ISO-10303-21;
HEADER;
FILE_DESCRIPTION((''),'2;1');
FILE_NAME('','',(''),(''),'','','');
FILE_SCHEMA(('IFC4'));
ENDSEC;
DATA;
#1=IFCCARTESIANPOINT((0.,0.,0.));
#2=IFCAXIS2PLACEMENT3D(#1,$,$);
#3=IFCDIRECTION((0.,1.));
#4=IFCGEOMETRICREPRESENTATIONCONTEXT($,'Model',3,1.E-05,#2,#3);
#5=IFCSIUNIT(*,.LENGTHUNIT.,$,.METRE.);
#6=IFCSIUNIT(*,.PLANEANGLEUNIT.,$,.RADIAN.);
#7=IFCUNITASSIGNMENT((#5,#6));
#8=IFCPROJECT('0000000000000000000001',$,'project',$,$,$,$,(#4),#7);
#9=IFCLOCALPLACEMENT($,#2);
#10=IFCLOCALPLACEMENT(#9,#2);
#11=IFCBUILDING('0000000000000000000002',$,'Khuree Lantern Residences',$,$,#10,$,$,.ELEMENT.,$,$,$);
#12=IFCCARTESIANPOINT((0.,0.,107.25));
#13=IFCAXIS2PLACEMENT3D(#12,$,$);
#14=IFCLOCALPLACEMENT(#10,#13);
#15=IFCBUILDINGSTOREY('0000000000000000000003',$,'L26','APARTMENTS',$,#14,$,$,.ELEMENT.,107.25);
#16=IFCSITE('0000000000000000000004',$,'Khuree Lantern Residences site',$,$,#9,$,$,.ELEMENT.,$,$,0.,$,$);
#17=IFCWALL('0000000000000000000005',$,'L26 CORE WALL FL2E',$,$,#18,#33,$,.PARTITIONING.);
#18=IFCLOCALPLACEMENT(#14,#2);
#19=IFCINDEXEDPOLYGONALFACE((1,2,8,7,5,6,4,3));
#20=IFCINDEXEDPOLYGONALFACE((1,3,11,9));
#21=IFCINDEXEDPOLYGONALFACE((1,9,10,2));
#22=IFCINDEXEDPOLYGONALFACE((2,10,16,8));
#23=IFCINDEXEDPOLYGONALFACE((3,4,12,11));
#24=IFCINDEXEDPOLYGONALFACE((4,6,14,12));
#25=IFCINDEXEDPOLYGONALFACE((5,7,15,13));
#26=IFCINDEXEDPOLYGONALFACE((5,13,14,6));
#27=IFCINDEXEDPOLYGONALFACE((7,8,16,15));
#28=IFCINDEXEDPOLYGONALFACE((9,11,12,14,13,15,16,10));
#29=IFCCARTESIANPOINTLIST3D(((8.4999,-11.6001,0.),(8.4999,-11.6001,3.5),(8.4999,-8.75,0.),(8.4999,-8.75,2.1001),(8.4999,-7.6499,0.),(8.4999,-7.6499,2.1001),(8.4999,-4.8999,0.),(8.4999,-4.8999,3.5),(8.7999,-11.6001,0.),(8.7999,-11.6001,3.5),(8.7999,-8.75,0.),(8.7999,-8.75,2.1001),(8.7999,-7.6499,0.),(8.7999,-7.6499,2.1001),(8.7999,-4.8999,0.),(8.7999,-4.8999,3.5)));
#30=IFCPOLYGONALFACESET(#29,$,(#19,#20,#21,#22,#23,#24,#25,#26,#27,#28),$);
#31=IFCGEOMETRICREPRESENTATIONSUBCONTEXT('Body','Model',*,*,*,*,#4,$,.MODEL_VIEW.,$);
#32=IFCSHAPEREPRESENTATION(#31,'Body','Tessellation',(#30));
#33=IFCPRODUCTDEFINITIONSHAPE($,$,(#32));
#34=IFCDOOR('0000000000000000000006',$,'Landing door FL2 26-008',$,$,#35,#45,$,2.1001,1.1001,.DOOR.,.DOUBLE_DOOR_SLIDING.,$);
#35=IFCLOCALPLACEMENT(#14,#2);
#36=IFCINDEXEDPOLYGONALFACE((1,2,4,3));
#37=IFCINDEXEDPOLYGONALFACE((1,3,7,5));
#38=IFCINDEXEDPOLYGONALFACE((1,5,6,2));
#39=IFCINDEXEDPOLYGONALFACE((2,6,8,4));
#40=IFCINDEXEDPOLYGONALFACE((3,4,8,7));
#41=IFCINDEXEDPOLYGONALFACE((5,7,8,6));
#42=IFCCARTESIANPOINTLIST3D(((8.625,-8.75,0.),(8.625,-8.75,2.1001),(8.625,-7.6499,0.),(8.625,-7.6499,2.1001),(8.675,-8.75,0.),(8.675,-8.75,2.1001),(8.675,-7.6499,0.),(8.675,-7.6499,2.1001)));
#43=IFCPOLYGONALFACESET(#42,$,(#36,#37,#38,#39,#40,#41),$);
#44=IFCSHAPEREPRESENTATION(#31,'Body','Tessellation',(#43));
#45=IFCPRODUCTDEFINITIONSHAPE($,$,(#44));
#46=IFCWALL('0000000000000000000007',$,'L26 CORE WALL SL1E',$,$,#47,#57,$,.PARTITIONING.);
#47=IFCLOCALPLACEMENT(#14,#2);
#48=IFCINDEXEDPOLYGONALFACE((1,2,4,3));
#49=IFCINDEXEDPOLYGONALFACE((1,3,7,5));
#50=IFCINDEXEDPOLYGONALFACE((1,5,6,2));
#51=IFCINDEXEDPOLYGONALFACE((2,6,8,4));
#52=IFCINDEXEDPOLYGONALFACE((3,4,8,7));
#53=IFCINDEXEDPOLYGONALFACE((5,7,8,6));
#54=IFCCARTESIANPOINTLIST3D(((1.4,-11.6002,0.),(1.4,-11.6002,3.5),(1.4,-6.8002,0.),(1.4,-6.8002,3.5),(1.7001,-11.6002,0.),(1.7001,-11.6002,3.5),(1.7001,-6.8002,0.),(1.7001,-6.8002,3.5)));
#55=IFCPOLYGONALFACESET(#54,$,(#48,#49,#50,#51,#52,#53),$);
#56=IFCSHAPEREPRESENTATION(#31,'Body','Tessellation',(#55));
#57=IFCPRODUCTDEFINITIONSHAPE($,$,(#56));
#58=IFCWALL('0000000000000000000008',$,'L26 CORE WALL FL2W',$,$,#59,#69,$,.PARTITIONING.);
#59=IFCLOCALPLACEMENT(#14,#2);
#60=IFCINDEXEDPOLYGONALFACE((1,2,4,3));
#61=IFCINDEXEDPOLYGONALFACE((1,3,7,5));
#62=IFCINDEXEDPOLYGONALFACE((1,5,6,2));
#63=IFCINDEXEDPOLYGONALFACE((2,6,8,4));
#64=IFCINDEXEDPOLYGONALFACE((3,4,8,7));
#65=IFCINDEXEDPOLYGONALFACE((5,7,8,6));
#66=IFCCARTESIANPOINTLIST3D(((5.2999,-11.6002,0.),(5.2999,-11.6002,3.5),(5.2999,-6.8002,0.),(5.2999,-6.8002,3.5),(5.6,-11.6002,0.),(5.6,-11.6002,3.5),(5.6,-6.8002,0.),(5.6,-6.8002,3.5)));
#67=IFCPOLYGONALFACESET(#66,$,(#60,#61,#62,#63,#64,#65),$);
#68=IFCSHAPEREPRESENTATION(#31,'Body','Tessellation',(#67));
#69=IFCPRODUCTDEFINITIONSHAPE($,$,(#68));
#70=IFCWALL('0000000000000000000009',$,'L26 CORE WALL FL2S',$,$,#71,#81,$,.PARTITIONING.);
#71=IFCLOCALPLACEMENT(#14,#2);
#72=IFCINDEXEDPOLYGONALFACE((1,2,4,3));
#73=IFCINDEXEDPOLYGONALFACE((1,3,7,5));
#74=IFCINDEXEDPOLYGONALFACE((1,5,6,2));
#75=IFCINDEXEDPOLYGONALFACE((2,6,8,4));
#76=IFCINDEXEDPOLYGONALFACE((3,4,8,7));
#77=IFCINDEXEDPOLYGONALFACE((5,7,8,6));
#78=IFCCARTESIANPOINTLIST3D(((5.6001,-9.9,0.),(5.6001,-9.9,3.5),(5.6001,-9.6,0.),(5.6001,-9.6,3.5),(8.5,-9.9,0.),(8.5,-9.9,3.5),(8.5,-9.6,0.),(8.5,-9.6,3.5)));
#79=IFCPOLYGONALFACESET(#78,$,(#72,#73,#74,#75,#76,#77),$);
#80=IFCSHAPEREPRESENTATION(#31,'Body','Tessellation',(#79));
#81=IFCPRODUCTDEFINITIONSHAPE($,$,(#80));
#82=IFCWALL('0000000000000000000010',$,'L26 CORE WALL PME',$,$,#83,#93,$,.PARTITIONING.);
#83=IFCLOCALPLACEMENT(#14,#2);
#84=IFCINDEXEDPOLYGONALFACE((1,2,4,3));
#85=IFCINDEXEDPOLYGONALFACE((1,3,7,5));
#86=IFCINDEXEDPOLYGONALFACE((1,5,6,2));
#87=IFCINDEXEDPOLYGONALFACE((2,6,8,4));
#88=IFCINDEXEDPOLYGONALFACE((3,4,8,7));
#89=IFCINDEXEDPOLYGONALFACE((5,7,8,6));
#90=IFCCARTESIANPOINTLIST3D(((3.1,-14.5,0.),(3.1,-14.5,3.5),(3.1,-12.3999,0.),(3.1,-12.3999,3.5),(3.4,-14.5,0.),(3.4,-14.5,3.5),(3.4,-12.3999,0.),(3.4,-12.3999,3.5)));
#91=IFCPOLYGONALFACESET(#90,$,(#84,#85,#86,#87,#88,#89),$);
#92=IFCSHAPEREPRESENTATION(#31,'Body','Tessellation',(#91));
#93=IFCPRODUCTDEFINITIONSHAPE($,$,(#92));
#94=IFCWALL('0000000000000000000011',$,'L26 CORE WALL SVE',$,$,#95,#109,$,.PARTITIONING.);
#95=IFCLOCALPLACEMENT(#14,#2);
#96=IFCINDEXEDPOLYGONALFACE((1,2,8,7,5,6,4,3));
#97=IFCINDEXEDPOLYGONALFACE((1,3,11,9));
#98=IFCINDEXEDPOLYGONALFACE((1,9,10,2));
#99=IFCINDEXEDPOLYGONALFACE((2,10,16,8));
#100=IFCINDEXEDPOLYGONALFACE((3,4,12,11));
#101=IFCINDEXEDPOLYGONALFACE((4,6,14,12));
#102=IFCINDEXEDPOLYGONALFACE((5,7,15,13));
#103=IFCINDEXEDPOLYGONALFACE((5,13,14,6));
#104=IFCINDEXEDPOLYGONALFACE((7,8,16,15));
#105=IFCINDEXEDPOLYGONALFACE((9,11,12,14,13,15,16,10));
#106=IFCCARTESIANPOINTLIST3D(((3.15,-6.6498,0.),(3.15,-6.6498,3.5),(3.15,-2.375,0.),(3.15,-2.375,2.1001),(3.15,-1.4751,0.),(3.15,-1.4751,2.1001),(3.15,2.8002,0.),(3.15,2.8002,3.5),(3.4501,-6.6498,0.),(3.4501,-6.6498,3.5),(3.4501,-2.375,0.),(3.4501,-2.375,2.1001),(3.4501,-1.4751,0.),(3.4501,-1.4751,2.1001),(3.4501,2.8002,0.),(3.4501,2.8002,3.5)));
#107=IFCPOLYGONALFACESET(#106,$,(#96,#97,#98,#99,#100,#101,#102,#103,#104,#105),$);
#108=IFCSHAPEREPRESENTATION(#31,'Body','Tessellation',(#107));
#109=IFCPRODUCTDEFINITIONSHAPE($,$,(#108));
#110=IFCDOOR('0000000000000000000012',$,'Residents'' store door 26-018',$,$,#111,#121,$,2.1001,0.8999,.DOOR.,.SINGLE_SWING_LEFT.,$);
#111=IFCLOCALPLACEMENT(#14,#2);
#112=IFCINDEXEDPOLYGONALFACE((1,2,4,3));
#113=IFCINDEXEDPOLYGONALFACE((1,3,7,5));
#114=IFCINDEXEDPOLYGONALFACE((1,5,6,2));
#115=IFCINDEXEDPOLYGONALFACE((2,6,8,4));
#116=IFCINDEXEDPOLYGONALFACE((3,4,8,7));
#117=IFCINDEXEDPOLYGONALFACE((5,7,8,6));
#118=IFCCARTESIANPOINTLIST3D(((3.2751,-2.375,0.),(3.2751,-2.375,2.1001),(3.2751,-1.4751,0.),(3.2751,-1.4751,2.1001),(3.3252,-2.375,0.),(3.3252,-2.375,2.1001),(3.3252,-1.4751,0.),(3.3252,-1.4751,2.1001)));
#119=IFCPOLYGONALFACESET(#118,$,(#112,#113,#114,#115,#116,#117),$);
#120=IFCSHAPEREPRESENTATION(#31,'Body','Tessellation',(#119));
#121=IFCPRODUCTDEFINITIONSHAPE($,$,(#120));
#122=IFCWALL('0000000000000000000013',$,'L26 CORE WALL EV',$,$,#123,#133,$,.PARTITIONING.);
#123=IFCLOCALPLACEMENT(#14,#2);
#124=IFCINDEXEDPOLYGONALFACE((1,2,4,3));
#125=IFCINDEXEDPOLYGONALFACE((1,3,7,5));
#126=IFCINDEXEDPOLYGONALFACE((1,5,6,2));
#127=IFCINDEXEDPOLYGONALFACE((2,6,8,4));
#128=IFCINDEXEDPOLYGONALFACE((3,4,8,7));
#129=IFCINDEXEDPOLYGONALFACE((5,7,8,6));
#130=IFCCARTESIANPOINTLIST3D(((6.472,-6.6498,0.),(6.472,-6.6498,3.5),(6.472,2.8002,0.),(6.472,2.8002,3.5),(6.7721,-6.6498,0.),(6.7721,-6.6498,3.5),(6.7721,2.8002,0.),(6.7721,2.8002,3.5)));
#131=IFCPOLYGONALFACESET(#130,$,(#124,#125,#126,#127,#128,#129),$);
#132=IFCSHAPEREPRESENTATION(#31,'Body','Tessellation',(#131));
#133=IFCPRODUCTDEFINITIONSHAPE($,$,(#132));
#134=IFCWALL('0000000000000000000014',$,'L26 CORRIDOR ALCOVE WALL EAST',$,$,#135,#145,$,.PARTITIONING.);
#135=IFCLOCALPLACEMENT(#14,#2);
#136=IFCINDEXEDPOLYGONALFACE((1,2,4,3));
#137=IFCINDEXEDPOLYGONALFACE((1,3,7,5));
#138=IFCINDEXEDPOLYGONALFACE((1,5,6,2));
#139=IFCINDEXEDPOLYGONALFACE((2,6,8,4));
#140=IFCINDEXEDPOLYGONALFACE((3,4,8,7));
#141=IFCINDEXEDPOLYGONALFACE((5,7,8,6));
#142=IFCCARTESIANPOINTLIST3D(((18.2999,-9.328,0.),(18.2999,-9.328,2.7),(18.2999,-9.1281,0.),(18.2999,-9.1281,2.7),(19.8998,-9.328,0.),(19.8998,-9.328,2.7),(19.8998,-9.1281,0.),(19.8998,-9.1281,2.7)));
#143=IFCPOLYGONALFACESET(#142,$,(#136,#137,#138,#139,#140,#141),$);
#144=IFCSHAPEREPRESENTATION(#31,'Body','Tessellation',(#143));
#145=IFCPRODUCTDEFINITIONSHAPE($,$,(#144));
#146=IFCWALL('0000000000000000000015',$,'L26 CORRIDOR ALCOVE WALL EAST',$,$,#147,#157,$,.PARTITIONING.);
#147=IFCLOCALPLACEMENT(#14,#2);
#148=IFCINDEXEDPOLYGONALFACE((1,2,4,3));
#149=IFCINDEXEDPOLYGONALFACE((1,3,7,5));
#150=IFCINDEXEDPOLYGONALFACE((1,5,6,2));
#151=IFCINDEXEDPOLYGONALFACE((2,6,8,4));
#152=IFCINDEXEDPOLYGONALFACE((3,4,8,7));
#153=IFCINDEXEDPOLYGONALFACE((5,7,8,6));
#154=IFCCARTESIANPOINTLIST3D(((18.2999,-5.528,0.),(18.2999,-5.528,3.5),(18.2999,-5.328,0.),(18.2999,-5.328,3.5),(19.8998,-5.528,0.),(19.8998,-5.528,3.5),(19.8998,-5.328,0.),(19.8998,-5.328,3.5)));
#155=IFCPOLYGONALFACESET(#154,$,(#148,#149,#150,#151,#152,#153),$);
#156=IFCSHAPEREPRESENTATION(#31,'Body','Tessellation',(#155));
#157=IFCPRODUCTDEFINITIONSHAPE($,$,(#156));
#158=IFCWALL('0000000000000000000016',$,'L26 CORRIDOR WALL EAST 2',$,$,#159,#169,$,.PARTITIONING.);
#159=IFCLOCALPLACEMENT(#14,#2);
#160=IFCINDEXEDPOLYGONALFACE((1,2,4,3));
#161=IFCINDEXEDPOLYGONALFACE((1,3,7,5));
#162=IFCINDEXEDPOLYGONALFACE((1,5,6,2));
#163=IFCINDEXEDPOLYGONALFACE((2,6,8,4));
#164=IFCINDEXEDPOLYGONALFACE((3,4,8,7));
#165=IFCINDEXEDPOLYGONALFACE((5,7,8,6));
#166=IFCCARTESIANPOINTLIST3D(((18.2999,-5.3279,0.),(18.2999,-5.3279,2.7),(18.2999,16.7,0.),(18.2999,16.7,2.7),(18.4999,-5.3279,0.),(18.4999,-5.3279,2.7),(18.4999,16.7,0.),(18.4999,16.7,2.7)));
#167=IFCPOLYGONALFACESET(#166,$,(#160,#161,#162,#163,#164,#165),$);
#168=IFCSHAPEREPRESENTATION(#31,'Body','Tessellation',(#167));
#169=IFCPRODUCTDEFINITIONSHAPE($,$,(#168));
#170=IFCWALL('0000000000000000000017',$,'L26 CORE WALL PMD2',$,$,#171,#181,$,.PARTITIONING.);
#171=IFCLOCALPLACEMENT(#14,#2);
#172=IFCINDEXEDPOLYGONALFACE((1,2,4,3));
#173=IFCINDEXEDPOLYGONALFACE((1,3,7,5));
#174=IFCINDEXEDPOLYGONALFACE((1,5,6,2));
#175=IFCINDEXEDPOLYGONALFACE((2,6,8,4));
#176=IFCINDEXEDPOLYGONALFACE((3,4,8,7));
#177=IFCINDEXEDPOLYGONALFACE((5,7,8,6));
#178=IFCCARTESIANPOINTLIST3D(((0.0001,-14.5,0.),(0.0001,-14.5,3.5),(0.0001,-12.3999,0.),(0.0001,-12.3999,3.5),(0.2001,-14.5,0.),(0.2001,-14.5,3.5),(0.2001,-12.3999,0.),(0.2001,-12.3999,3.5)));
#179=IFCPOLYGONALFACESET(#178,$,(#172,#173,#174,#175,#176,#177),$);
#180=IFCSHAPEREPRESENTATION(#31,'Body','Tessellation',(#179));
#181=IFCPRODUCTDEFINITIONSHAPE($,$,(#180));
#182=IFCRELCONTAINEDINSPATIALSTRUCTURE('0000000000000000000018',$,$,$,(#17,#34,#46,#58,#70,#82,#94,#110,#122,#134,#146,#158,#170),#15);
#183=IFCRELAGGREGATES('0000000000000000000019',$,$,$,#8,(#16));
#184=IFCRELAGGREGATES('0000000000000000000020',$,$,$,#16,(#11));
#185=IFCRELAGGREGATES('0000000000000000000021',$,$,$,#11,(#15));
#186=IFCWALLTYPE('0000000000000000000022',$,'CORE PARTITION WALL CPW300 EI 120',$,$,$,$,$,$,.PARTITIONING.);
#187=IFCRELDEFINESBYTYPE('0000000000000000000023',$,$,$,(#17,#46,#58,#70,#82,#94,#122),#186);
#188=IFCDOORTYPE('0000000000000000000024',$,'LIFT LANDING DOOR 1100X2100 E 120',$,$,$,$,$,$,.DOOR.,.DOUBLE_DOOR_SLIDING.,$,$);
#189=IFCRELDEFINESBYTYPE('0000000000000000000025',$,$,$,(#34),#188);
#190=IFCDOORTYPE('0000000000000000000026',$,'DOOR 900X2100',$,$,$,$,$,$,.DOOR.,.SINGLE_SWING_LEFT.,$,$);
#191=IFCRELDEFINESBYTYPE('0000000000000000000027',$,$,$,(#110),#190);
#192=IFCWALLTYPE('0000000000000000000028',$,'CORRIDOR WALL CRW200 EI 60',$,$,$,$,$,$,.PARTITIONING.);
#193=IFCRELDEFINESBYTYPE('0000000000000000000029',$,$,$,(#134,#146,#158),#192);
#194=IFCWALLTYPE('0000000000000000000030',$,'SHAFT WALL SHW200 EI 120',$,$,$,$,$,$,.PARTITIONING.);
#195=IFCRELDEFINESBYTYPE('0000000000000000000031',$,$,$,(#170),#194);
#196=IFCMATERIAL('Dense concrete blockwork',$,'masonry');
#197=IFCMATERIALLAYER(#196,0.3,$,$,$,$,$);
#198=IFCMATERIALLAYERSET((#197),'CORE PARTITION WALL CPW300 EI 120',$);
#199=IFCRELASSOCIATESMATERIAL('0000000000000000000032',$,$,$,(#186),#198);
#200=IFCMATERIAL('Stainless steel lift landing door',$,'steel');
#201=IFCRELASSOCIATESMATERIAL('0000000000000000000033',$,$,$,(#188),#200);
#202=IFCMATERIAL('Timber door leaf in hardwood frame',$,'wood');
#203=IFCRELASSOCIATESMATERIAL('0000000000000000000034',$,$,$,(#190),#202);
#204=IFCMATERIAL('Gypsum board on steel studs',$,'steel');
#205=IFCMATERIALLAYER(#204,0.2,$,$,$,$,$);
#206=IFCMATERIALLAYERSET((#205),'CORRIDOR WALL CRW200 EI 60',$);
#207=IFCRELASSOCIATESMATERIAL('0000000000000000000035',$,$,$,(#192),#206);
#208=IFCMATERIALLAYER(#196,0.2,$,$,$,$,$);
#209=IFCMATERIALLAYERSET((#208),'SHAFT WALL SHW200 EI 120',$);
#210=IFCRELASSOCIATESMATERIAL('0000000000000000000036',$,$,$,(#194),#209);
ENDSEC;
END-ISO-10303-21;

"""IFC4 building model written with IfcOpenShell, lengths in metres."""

from ifc_helpers import new_model, si_unit, direction, frame, frame_2d, origin, place, context, subcontext, project, spatial, rectangle, extrude, material, layer, layer_set, type_object, element, fill, save


model = new_model("IFC4")

# Units and contexts
model_context = context("Model", 3, precision=1e-05, world=origin(), true_north=direction((0.0, 1.0)))
body_context = subcontext(model_context, "Body", "Model", "MODEL_VIEW")
ifc_project = project(units=[si_unit("LENGTHUNIT", "METRE"), si_unit("PLANEANGLEUNIT", "RADIAN")], contexts=[model_context])

# Site, building, storey
site_placement = place(None, origin())
site = spatial("IfcSite", under=ifc_project, at=site_placement, Name="Khuree Lantern Residences site", CompositionType="ELEMENT", RefElevation=0.0)
building_placement = place(site_placement, origin())
building = spatial("IfcBuilding", under=site, at=building_placement, Name="Khuree Lantern Residences", CompositionType="ELEMENT")
storey_placement = place(building_placement, frame((0.0, 0.0, 107.25)))
storey = spatial("IfcBuildingStorey", under=building, at=storey_placement, Name="L26", Description="APARTMENTS", CompositionType="ELEMENT", Elevation=107.25)

# Wall, opening, door
ifc_material_1 = material(Name="Dense concrete blockwork", Category="masonry")
ifc_layer_1 = layer(ifc_material_1, 0.3)
ifc_layer_set_1 = layer_set([ifc_layer_1], Name="CORE PARTITION WALL CPW300 EI 120")
wall_type_1 = type_object("IfcWallType", Name="CORE PARTITION WALL CPW300 EI 120", PredefinedType="PARTITIONING", material=ifc_layer_set_1)
wall_1_placement = place(storey_placement, frame((8.6499, -11.6001, 0.0), z_axis=(0.0, 0.0, 1.0), x_axis=(0.0, 1.0, 0.0)))
wall_1 = element("IfcWall", 1, at=wall_1_placement, inside=storey, type_object=wall_type_1, Name="L26 CORE WALL FL2E", PredefinedType="PARTITIONING", context=body_context, shape_type="SweptSolid", body=[
    extrude(rectangle(XDim=6.7002, YDim=0.3, at=frame_2d((3.3501, 0.0))), origin(), (0.0, 0.0, 1.0), 3.5),
])
opening_1_placement = place(wall_1_placement, frame((2.8501, 0.0, 0.0)))
opening_1 = element("IfcOpeningElement", 2, at=opening_1_placement, cuts=wall_1, PredefinedType="OPENING", context=body_context, shape_type="SweptSolid", body=[
    extrude(rectangle(XDim=1.1001, YDim=2.1001, at=frame_2d((0.55, 1.05))), frame((0.0, 0.1602, 0.0), z_axis=(0.0, -1.0, 0.0), x_axis=(1.0, 0.0, 0.0)), (0.0, 0.0, 1.0), 0.3201),
])
ifc_material_2 = material(Name="Stainless steel lift landing door", Category="steel")
door_type_1 = type_object("IfcDoorType", Name="LIFT LANDING DOOR 1100X2100 E 120", OperationType="DOUBLE_DOOR_SLIDING", PredefinedType="DOOR", material=ifc_material_2)
door_1_placement = place(opening_1_placement, origin())
door_1 = element("IfcDoor", 3, at=door_1_placement, inside=storey, type_object=door_type_1, Name="Landing door FL2 26-008", OperationType="DOUBLE_DOOR_SLIDING", OverallHeight=2.1001, OverallWidth=1.1001, PredefinedType="DOOR", context=body_context, shape_type="SweptSolid", body=[
    extrude(rectangle(XDim=1.1001, YDim=2.1001, at=frame_2d((0.55, 1.05))), frame((0.0, 0.0249, 0.0), z_axis=(0.0, -1.0, 0.0), x_axis=(1.0, 0.0, 0.0)), (0.0, 0.0, 1.0), 0.05),
])
fill(opening_1, door_1)

# Walls
for number, where, z_axis, x_axis, name in (
    (4, (1.55, -11.6001, 0.0), (0.0, 0.0, 1.0), (0.0, 1.0, 0.0), "L26 CORE WALL SL1E"),
    (5, (5.45, -11.6001, 0.0), (0.0, 0.0, 1.0), (0.0, 1.0, 0.0), "L26 CORE WALL FL2W"),
):
    element("IfcWall", number, at=place(storey_placement, frame(where, z_axis=z_axis, x_axis=x_axis)), inside=storey, type_object=wall_type_1, Name=name, PredefinedType="PARTITIONING", context=body_context, shape_type="SweptSolid", body=[
        extrude(rectangle(XDim=4.8, YDim=0.3, at=frame_2d((2.3999, 0.0))), origin(), (0.0, 0.0, 1.0), 3.5),
    ])
wall_2_placement = place(storey_placement, frame((5.6001, -9.75, 0.0), z_axis=(0.0, 0.0, 1.0), x_axis=(1.0, 0.0, 0.0)))
element("IfcWall", 6, at=wall_2_placement, inside=storey, type_object=wall_type_1, Name="L26 CORE WALL FL2S", PredefinedType="PARTITIONING", context=body_context, shape_type="SweptSolid", body=[
    extrude(rectangle(XDim=2.8999, YDim=0.3, at=frame_2d((1.45, 0.0))), origin(), (0.0, 0.0, 1.0), 3.5),
])
wall_3_placement = place(storey_placement, frame((3.25, -14.5, 0.0), z_axis=(0.0, 0.0, 1.0), x_axis=(0.0, 1.0, 0.0)))
element("IfcWall", 7, at=wall_3_placement, inside=storey, type_object=wall_type_1, Name="L26 CORE WALL PME", PredefinedType="PARTITIONING", context=body_context, shape_type="SweptSolid", body=[
    extrude(rectangle(XDim=2.1001, YDim=0.3, at=frame_2d((1.05, 0.0))), origin(), (0.0, 0.0, 1.0), 3.5),
])

# Wall, opening, door
wall_4_placement = place(storey_placement, frame((3.3, -6.6499, 0.0), z_axis=(0.0, 0.0, 1.0), x_axis=(0.0, 1.0, 0.0)))
wall_4 = element("IfcWall", 8, at=wall_4_placement, inside=storey, type_object=wall_type_1, Name="L26 CORE WALL SVE", PredefinedType="PARTITIONING", context=body_context, shape_type="SweptSolid", body=[
    extrude(rectangle(XDim=9.45, YDim=0.3, at=frame_2d((4.7251, 0.0))), origin(), (0.0, 0.0, 1.0), 3.5),
])
opening_2_placement = place(wall_4_placement, frame((4.2749, 0.0, 0.0)))
opening_2 = element("IfcOpeningElement", 9, at=opening_2_placement, cuts=wall_4, PredefinedType="OPENING", context=body_context, shape_type="SweptSolid", body=[
    extrude(rectangle(XDim=0.8999, YDim=2.1001, at=frame_2d((0.45, 1.05))), frame((0.0, 0.1602, 0.0), z_axis=(0.0, -1.0, 0.0), x_axis=(1.0, 0.0, 0.0)), (0.0, 0.0, 1.0), 0.3201),
])
ifc_material_3 = material(Name="Timber door leaf in hardwood frame", Category="wood")
door_type_2 = type_object("IfcDoorType", Name="DOOR 900X2100", OperationType="SINGLE_SWING_LEFT", PredefinedType="DOOR", material=ifc_material_3)
door_2_placement = place(opening_2_placement, origin())
door_2 = element("IfcDoor", 10, at=door_2_placement, inside=storey, type_object=door_type_2, Name="Residents' store door 26-018", OperationType="SINGLE_SWING_LEFT", OverallHeight=2.1001, OverallWidth=0.8999, PredefinedType="DOOR", context=body_context, shape_type="SweptSolid", body=[
    extrude(rectangle(XDim=0.8999, YDim=2.1001, at=frame_2d((0.45, 1.05))), frame((0.0, 0.0249, 0.0), z_axis=(0.0, -1.0, 0.0), x_axis=(1.0, 0.0, 0.0)), (0.0, 0.0, 1.0), 0.05),
])
fill(opening_2, door_2)

# Walls
wall_5_placement = place(storey_placement, frame((6.6221, -6.6499, 0.0), z_axis=(0.0, 0.0, 1.0), x_axis=(0.0, 1.0, 0.0)))
element("IfcWall", 11, at=wall_5_placement, inside=storey, type_object=wall_type_1, Name="L26 CORE WALL EV", PredefinedType="PARTITIONING", context=body_context, shape_type="SweptSolid", body=[
    extrude(rectangle(XDim=9.45, YDim=0.3, at=frame_2d((4.7251, 0.0))), origin(), (0.0, 0.0, 1.0), 3.5),
])
ifc_material_4 = material(Name="Gypsum board on steel studs", Category="steel")
ifc_layer_2 = layer(ifc_material_4, 0.2)
ifc_layer_set_2 = layer_set([ifc_layer_2], Name="CORRIDOR WALL CRW200 EI 60")
wall_type_2 = type_object("IfcWallType", Name="CORRIDOR WALL CRW200 EI 60", PredefinedType="PARTITIONING", material=ifc_layer_set_2)
wall_6_placement = place(storey_placement, frame((18.3, -9.228, 0.0), z_axis=(0.0, 0.0, 1.0), x_axis=(1.0, 0.0, 0.0)))
element("IfcWall", 12, at=wall_6_placement, inside=storey, type_object=wall_type_2, Name="L26 CORRIDOR ALCOVE WALL EAST", PredefinedType="PARTITIONING", context=body_context, shape_type="SweptSolid", body=[
    extrude(rectangle(XDim=1.5999, YDim=0.2, at=frame_2d((0.7998, 0.0))), origin(), (0.0, 0.0, 1.0), 2.7),
])
wall_7_placement = place(storey_placement, frame((18.3, -5.428, 0.0), z_axis=(0.0, 0.0, 1.0), x_axis=(1.0, 0.0, 0.0)))
element("IfcWall", 13, at=wall_7_placement, inside=storey, type_object=wall_type_2, Name="L26 CORRIDOR ALCOVE WALL EAST", PredefinedType="PARTITIONING", context=body_context, shape_type="SweptSolid", body=[
    extrude(rectangle(XDim=1.5999, YDim=0.2, at=frame_2d((0.7998, 0.0))), origin(), (0.0, 0.0, 1.0), 3.5),
])
wall_8_placement = place(storey_placement, frame((18.3999, -5.3279, 0.0), z_axis=(0.0, 0.0, 1.0), x_axis=(0.0, 1.0, 0.0)))
element("IfcWall", 14, at=wall_8_placement, inside=storey, type_object=wall_type_2, Name="L26 CORRIDOR WALL EAST 2", PredefinedType="PARTITIONING", context=body_context, shape_type="SweptSolid", body=[
    extrude(rectangle(XDim=22.0278, YDim=0.2, at=frame_2d((11.0139, 0.0))), origin(), (0.0, 0.0, 1.0), 2.7),
])
ifc_layer_3 = layer(ifc_material_1, 0.2)
ifc_layer_set_3 = layer_set([ifc_layer_3], Name="SHAFT WALL SHW200 EI 120")
wall_type_3 = type_object("IfcWallType", Name="SHAFT WALL SHW200 EI 120", PredefinedType="PARTITIONING", material=ifc_layer_set_3)
wall_9_placement = place(storey_placement, frame((0.1001, -14.5, 0.0), z_axis=(0.0, 0.0, 1.0), x_axis=(0.0, 1.0, 0.0)))
element("IfcWall", 15, at=wall_9_placement, inside=storey, type_object=wall_type_3, Name="L26 CORE WALL PMD2", PredefinedType="PARTITIONING", context=body_context, shape_type="SweptSolid", body=[
    extrude(rectangle(XDim=2.1001, YDim=0.2, at=frame_2d((1.05, 0.0))), origin(), (0.0, 0.0, 1.0), 3.5),
])

save(model, "model.ifc")
